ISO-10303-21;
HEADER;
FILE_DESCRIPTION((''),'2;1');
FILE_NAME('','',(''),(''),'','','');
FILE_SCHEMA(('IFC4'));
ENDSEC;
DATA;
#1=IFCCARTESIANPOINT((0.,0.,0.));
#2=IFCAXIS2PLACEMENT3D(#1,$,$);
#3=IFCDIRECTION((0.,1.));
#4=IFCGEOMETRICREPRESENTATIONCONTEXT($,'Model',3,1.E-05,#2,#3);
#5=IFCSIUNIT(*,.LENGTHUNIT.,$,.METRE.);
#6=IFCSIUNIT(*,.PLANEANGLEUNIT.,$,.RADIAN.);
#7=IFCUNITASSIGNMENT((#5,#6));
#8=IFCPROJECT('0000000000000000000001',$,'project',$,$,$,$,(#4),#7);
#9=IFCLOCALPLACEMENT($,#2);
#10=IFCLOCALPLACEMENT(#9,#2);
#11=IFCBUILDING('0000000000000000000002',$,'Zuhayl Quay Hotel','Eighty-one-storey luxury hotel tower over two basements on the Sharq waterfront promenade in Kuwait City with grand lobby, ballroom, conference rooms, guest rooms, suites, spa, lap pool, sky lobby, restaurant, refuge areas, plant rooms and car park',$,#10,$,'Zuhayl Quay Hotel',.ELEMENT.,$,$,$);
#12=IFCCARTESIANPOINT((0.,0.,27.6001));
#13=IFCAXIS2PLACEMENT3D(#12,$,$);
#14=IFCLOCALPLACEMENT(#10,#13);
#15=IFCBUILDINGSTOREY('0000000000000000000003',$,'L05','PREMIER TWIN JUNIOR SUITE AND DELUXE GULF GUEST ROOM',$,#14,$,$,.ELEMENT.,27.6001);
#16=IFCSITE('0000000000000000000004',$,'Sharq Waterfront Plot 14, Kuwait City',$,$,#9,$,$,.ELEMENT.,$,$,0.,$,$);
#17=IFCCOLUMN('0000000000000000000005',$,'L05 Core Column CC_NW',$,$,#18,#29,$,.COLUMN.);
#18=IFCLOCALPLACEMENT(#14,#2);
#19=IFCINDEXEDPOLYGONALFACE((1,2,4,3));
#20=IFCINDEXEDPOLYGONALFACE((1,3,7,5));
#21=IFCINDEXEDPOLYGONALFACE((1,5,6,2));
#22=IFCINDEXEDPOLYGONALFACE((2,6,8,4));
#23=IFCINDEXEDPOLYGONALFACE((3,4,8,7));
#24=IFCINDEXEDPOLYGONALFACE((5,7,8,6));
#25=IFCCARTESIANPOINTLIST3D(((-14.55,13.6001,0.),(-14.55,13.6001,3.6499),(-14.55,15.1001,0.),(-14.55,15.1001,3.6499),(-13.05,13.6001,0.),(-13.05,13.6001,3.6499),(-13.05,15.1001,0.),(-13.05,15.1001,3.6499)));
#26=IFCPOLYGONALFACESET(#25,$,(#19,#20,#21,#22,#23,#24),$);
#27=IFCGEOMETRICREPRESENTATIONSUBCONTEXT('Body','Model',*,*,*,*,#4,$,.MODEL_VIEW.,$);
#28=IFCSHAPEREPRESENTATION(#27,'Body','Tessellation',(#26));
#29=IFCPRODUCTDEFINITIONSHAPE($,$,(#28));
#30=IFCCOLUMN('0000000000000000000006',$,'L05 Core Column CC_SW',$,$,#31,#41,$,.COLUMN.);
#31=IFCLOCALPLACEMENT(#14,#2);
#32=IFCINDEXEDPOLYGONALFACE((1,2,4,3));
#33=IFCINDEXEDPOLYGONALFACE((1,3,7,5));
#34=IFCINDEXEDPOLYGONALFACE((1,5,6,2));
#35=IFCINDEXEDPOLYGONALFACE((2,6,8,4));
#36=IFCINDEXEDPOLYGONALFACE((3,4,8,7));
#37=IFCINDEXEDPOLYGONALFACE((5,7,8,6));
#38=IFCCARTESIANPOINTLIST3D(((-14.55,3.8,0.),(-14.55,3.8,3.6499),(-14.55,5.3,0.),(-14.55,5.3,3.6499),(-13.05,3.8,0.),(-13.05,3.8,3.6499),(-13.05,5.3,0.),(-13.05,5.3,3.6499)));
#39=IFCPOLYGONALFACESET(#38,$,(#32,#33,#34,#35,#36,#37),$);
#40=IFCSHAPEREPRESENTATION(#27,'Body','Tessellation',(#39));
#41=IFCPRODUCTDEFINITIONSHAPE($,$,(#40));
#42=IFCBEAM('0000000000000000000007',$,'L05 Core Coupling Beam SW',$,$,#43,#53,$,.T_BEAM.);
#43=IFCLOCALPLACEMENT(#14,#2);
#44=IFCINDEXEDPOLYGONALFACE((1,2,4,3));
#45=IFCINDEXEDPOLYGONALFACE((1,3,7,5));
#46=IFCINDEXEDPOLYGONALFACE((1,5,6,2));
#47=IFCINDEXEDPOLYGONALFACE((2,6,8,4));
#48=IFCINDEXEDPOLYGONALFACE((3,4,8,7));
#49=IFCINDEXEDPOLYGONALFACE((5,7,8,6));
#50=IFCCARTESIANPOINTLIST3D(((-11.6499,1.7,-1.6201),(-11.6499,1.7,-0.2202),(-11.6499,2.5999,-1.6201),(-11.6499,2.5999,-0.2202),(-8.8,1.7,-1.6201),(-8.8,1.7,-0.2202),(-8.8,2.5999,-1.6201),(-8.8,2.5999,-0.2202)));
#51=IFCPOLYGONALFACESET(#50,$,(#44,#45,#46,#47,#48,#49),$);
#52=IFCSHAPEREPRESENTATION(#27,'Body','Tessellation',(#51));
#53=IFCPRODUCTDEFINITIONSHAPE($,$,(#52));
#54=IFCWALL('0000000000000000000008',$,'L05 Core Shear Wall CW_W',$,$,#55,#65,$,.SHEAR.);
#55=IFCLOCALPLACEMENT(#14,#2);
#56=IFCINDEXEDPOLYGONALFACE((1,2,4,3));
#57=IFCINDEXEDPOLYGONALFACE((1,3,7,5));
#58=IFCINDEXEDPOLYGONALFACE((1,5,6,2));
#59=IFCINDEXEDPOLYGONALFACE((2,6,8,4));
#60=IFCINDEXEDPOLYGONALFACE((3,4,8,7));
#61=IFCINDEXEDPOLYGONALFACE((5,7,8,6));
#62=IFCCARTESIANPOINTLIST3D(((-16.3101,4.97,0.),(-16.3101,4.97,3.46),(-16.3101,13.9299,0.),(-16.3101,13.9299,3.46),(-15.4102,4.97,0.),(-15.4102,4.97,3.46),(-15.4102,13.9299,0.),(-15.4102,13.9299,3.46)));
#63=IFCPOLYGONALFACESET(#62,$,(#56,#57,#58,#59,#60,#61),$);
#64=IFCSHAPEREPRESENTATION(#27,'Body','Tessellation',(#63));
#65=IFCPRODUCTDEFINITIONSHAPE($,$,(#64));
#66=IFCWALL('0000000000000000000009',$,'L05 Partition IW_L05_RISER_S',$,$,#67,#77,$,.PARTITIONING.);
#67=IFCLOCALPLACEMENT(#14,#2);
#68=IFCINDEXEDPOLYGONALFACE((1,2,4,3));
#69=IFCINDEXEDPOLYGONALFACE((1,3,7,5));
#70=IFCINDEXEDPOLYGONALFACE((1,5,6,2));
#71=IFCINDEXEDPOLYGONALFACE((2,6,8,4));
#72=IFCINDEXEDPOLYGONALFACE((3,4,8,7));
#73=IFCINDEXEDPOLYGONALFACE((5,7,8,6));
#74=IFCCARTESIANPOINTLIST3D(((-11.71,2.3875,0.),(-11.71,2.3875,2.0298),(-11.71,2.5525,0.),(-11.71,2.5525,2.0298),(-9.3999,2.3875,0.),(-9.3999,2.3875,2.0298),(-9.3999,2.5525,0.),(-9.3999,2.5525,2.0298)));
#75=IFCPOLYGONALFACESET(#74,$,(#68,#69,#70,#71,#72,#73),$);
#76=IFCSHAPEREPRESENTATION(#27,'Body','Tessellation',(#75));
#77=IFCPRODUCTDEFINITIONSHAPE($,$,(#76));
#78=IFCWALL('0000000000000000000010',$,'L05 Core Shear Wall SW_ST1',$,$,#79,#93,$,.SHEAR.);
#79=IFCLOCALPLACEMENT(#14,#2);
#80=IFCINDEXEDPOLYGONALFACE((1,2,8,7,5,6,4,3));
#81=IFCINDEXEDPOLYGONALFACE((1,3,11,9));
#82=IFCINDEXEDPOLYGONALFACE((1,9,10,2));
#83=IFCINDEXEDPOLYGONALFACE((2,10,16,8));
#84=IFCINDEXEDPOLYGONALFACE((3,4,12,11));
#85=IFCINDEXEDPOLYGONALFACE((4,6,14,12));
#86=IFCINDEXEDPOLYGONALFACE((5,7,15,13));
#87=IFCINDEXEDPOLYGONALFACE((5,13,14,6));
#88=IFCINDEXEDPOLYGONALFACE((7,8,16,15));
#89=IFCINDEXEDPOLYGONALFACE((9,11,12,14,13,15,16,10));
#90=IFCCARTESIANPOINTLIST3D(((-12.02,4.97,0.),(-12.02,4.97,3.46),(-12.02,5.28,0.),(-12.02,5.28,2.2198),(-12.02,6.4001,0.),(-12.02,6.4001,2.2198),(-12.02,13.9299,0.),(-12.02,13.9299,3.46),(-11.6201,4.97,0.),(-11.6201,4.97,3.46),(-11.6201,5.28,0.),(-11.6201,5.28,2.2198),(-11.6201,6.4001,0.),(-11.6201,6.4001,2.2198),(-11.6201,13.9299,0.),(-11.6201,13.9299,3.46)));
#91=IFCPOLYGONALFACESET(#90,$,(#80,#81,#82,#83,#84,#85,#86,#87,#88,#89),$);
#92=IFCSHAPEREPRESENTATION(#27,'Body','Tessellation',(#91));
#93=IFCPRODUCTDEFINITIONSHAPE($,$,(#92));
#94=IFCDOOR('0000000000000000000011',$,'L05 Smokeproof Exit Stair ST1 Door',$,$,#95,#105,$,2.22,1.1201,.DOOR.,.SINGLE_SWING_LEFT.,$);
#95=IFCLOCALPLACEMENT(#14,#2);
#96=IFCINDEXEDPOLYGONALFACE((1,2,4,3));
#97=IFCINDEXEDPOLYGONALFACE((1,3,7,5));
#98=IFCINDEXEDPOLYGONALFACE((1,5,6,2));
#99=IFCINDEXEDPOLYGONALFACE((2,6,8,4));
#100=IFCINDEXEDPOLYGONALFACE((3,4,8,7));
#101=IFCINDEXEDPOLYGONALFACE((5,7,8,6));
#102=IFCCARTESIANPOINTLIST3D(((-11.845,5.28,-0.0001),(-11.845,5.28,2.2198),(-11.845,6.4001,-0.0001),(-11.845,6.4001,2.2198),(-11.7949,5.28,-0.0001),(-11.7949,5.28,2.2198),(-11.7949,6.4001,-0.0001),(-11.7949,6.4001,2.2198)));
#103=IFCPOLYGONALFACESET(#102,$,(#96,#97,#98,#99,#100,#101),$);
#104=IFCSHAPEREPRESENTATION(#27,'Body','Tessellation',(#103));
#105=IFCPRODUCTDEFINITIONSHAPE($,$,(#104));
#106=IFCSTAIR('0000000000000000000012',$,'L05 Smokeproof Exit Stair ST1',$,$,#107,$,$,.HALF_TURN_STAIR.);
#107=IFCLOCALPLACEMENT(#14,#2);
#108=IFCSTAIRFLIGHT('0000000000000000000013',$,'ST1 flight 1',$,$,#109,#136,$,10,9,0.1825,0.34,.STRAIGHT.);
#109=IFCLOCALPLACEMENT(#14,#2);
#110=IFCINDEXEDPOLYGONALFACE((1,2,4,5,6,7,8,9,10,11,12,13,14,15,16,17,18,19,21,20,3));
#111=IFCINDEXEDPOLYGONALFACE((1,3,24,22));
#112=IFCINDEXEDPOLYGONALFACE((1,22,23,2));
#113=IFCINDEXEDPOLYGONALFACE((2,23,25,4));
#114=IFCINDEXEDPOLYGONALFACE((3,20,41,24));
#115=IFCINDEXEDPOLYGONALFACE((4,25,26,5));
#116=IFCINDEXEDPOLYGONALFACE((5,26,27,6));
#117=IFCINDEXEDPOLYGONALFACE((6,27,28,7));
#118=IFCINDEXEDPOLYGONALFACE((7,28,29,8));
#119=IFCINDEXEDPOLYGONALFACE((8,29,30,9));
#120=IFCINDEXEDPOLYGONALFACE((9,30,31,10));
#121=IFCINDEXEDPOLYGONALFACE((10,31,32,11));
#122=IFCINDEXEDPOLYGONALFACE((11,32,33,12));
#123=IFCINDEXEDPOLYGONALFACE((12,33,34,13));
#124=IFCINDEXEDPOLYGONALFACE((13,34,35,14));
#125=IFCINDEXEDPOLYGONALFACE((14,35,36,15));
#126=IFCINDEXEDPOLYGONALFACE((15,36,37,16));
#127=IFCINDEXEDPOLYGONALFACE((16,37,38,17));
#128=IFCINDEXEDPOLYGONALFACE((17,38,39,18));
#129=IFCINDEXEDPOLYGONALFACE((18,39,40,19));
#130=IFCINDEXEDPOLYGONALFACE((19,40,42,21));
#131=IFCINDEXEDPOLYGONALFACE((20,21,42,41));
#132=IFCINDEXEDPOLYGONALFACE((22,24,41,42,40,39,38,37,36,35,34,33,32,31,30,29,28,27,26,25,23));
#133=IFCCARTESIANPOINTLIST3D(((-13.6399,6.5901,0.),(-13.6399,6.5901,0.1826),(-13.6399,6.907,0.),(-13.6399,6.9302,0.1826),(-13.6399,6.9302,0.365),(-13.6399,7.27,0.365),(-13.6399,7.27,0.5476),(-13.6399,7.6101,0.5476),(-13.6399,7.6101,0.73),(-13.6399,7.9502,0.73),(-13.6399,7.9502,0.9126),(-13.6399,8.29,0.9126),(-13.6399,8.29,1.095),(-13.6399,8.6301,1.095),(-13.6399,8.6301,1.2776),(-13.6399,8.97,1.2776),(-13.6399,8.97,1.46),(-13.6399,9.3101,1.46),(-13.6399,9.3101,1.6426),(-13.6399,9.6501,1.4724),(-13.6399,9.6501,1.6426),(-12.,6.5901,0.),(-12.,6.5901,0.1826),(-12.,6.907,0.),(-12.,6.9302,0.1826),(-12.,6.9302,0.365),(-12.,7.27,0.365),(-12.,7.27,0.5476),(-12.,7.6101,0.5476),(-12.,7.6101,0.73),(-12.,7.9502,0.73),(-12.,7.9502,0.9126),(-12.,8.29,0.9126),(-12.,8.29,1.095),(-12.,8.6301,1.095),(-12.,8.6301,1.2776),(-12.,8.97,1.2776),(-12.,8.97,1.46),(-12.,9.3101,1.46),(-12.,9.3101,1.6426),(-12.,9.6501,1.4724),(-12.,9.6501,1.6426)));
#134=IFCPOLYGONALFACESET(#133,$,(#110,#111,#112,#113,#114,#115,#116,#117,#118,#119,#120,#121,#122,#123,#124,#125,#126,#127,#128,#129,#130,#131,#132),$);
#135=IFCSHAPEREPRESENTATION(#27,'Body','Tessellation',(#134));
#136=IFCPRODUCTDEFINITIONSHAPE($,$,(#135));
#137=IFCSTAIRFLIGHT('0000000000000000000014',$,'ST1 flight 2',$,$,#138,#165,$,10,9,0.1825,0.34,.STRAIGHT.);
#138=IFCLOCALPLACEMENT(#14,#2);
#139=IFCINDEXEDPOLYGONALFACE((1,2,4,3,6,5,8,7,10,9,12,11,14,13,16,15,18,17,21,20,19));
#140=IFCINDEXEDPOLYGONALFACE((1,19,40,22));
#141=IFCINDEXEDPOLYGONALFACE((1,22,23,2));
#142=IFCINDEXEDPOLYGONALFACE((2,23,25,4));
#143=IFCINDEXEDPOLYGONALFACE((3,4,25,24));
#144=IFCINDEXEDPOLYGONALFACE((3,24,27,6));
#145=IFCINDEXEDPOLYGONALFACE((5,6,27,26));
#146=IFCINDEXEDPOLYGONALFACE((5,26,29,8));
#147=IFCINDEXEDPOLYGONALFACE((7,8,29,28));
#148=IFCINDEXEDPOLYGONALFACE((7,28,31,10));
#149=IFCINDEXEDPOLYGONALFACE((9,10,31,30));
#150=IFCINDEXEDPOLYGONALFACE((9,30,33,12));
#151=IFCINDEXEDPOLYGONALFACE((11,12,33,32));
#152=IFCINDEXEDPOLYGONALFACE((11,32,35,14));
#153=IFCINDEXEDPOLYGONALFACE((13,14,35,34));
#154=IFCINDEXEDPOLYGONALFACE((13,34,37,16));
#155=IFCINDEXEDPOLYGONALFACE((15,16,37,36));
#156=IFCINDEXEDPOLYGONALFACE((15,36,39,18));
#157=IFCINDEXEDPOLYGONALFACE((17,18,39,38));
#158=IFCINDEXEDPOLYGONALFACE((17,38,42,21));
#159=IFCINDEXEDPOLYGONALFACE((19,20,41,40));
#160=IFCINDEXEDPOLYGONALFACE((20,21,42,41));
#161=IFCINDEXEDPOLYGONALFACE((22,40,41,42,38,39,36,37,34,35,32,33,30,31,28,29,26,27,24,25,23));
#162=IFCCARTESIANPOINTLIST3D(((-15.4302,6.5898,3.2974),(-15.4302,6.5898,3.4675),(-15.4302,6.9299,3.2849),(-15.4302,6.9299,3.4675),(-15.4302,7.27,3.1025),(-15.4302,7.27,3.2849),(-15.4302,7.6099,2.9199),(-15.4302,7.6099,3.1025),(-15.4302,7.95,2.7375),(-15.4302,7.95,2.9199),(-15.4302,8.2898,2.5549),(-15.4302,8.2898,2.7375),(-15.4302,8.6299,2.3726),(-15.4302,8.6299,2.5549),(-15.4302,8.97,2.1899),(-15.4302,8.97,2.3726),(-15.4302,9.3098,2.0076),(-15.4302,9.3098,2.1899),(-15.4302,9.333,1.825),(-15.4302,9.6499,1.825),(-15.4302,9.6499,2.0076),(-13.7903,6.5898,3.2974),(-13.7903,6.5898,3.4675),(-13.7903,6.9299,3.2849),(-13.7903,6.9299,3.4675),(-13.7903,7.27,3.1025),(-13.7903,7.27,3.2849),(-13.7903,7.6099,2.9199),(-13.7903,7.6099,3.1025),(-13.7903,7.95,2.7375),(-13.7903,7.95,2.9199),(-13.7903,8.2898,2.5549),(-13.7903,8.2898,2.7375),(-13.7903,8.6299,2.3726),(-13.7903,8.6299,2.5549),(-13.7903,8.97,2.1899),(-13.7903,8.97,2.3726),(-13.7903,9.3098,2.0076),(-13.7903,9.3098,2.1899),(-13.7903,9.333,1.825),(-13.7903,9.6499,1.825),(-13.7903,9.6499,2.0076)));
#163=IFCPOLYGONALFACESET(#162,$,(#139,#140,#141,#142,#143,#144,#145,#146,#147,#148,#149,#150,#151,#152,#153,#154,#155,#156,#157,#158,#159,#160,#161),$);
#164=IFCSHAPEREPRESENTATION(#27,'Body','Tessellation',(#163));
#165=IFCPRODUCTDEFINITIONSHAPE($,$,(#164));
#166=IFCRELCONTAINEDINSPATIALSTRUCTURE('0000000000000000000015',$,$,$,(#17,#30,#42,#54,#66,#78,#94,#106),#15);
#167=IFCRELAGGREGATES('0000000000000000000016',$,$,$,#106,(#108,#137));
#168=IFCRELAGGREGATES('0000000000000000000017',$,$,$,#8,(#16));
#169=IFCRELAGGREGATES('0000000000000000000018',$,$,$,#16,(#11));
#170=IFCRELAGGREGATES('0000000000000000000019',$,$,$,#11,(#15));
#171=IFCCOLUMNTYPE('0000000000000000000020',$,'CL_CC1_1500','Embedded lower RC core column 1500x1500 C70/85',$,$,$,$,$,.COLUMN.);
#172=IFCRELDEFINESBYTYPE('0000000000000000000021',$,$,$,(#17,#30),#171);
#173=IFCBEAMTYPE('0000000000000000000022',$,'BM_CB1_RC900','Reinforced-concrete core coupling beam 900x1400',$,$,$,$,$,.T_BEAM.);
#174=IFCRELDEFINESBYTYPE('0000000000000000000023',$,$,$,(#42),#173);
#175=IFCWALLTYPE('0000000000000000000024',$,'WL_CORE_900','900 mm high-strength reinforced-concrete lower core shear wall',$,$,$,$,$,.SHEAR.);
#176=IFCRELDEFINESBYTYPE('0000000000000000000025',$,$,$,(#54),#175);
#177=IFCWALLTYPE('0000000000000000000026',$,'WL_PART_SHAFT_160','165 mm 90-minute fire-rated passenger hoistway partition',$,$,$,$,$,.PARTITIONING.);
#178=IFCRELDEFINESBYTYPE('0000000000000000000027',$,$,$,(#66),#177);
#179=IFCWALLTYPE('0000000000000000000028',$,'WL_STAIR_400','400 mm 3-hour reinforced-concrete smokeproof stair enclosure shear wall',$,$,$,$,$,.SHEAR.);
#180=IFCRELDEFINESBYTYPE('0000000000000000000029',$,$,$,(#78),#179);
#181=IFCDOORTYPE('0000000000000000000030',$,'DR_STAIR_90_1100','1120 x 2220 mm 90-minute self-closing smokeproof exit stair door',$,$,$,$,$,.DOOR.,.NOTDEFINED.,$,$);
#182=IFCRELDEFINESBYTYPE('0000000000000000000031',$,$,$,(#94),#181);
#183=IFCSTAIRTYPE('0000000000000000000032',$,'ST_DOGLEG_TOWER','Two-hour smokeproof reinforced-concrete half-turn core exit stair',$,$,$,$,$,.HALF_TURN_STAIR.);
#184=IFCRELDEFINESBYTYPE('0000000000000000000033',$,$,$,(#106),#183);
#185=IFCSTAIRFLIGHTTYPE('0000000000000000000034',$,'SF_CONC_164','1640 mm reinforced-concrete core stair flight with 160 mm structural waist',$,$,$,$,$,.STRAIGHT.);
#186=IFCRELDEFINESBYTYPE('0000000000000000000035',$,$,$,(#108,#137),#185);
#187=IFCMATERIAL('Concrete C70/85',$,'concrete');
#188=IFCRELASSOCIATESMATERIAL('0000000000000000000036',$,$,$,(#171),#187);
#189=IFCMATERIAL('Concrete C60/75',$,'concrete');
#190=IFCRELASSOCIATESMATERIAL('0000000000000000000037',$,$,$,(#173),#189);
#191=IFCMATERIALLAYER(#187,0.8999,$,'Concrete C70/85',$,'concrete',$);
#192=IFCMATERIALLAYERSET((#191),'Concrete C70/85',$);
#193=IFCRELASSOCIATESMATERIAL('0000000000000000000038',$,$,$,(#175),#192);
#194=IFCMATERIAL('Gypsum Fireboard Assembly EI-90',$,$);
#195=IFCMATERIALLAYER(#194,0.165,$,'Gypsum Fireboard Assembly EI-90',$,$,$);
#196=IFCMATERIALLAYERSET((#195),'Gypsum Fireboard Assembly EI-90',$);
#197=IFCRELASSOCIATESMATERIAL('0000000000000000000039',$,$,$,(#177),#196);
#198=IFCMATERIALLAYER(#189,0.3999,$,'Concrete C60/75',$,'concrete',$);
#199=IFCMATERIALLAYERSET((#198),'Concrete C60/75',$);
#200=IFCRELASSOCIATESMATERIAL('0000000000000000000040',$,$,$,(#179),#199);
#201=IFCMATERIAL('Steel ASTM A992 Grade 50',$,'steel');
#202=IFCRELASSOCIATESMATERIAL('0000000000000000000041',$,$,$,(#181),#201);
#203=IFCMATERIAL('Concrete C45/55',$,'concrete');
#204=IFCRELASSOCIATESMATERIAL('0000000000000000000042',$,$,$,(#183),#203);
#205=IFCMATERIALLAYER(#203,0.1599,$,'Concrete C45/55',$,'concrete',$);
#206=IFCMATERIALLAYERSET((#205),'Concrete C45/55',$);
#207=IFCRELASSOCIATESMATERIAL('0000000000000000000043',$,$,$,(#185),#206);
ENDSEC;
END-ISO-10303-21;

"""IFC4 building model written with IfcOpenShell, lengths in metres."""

from ifc_helpers import new_model, si_unit, direction, frame, frame_2d, origin, origin_2d, place, context, subcontext, project, spatial, polyline, rectangle, outline, extrude, material, layer, layer_set, material_profile, profile_set, type_object, element, fill, aggregate, save


model = new_model("IFC4")

# Units and contexts
model_context = context("Model", 3, precision=1e-05, world=origin(), true_north=direction((0.0, 1.0)))
body_context = subcontext(model_context, "Body", "Model", "MODEL_VIEW")
ifc_project = project(units=[si_unit("LENGTHUNIT", "METRE"), si_unit("PLANEANGLEUNIT", "RADIAN")], contexts=[model_context])

# Site, building, storey
site_placement = place(None, origin())
site = spatial("IfcSite", under=ifc_project, at=site_placement, Name="Sharq Waterfront Plot 14, Kuwait City", CompositionType="ELEMENT", RefElevation=0.0)
building_placement = place(site_placement, origin())
building = spatial("IfcBuilding", under=site, at=building_placement, Name="Zuhayl Quay Hotel", Description="Eighty-one-storey luxury hotel tower over two basements on the Sharq waterfront promenade in Kuwait City with grand lobby, ballroom, conference rooms, guest rooms, suites, spa, lap pool, sky lobby, restaurant, refuge areas, plant rooms and car park", LongName="Zuhayl Quay Hotel", CompositionType="ELEMENT")
storey_placement = place(building_placement, frame((0.0, 0.0, 27.6001)))
storey = spatial("IfcBuildingStorey", under=building, at=storey_placement, Name="L05", Description="PREMIER TWIN JUNIOR SUITE AND DELUXE GULF GUEST ROOM", CompositionType="ELEMENT", Elevation=27.6001)

# Columns
ifc_material_1 = material(Name="Concrete C70/85", Category="concrete")
ifc_material_profile_1 = material_profile(ifc_material_1, rectangle(XDim=1.5, YDim=1.5, at=origin_2d()), Name="RC1500X1500")
ifc_profile_set_1 = profile_set([ifc_material_profile_1], Name="Concrete C70/85")
column_type = type_object("IfcColumnType", Name="CL_CC1_1500", Description="Embedded lower RC core column 1500x1500 C70/85", PredefinedType="COLUMN", material=ifc_profile_set_1)
for number, where, z_axis, x_axis, name in (
    (1, (-13.8, 14.3501, 0.0), (0.0, 0.0, 1.0), (1.0, 0.0, 0.0), "L05 Core Column CC_NW"),
    (2, (-13.8, 4.55, 0.0), (0.0, 0.0, 1.0), (1.0, 0.0, 0.0), "L05 Core Column CC_SW"),
):
    element("IfcColumn", number, at=place(storey_placement, frame(where, z_axis=z_axis, x_axis=x_axis)), inside=storey, type_object=column_type, Name=name, PredefinedType="COLUMN", context=body_context, shape_type="SweptSolid", body=[
        extrude(rectangle(XDim=1.5, YDim=1.5, at=origin_2d()), origin(), (0.0, 0.0, 1.0), 3.6499),
    ])

# Beam
ifc_material_2 = material(Name="Concrete C60/75", Category="concrete")
ifc_material_profile_2 = material_profile(ifc_material_2, rectangle(XDim=0.8999, YDim=1.3999, at=origin_2d()), Name="RC900X1400")
ifc_profile_set_2 = profile_set([ifc_material_profile_2], Name="Concrete C60/75")
beam_type = type_object("IfcBeamType", Name="BM_CB1_RC900", Description="Reinforced-concrete core coupling beam 900x1400", PredefinedType="T_BEAM", material=ifc_profile_set_2)
beam_placement = place(storey_placement, frame((-11.6499, 2.1499, -0.9202), z_axis=(1.0, 0.0, 0.0), x_axis=(0.0, 1.0, 0.0)))
element("IfcBeam", 3, at=beam_placement, inside=storey, type_object=beam_type, Name="L05 Core Coupling Beam SW", PredefinedType="T_BEAM", context=body_context, shape_type="SweptSolid", body=[
    extrude(rectangle(XDim=0.8999, YDim=1.3999, at=origin_2d()), origin(), (0.0, 0.0, 1.0), 2.8499),
])

# Walls
ifc_layer_1 = layer(ifc_material_1, 0.8999, Name="Concrete C70/85", Category="concrete")
ifc_layer_set_1 = layer_set([ifc_layer_1], Name="Concrete C70/85")
wall_type_1 = type_object("IfcWallType", Name="WL_CORE_900", Description="900 mm high-strength reinforced-concrete lower core shear wall", PredefinedType="SHEAR", material=ifc_layer_set_1)
wall_1_placement = place(storey_placement, frame((-15.8601, 4.97, 0.0), z_axis=(0.0, 0.0, 1.0), x_axis=(0.0, 1.0, 0.0)))
element("IfcWall", 4, at=wall_1_placement, inside=storey, type_object=wall_type_1, Name="L05 Core Shear Wall CW_W", PredefinedType="SHEAR", context=body_context, shape_type="SweptSolid", body=[
    extrude(rectangle(XDim=8.96, YDim=0.8999, at=frame_2d((4.48, 0.0))), origin(), (0.0, 0.0, 1.0), 3.46),
])
ifc_material_3 = material(Name="Gypsum Fireboard Assembly EI-90")
ifc_layer_2 = layer(ifc_material_3, 0.165, Name="Gypsum Fireboard Assembly EI-90")
ifc_layer_set_2 = layer_set([ifc_layer_2], Name="Gypsum Fireboard Assembly EI-90")
wall_type_2 = type_object("IfcWallType", Name="WL_PART_SHAFT_160", Description="165 mm 90-minute fire-rated passenger hoistway partition", PredefinedType="PARTITIONING", material=ifc_layer_set_2)
wall_2_placement = place(storey_placement, frame((-11.71, 2.47, 0.0), z_axis=(0.0, 0.0, 1.0), x_axis=(1.0, 0.0, 0.0)))
element("IfcWall", 5, at=wall_2_placement, inside=storey, type_object=wall_type_2, Name="L05 Partition IW_L05_RISER_S", PredefinedType="PARTITIONING", context=body_context, shape_type="SweptSolid", body=[
    extrude(rectangle(XDim=2.3101, YDim=0.165, at=frame_2d((1.155, 0.0))), origin(), (0.0, 0.0, 1.0), 2.0298),
])

# Wall, opening, door
ifc_layer_3 = layer(ifc_material_2, 0.3999, Name="Concrete C60/75", Category="concrete")
ifc_layer_set_3 = layer_set([ifc_layer_3], Name="Concrete C60/75")
wall_type_3 = type_object("IfcWallType", Name="WL_STAIR_400", Description="400 mm 3-hour reinforced-concrete smokeproof stair enclosure shear wall", PredefinedType="SHEAR", material=ifc_layer_set_3)
wall_3_placement = place(storey_placement, frame((-11.8201, 4.97, 0.0), z_axis=(0.0, 0.0, 1.0), x_axis=(0.0, 1.0, 0.0)))
wall_3 = element("IfcWall", 6, at=wall_3_placement, inside=storey, type_object=wall_type_3, Name="L05 Core Shear Wall SW_ST1", PredefinedType="SHEAR", context=body_context, shape_type="SweptSolid", body=[
    extrude(rectangle(XDim=8.96, YDim=0.3999, at=frame_2d((4.48, 0.0))), origin(), (0.0, 0.0, 1.0), 3.46),
])
opening_placement = place(wall_3_placement, frame((0.3101, 0.0, 0.0)))
opening = element("IfcOpeningElement", 7, at=opening_placement, cuts=wall_3, PredefinedType="OPENING", context=body_context, shape_type="SweptSolid", body=[
    extrude(rectangle(XDim=1.1201, YDim=2.22, at=frame_2d((0.5601, 1.1099))), frame((0.0, 0.21, 0.0), z_axis=(0.0, -1.0, 0.0), x_axis=(1.0, 0.0, 0.0)), (0.0, 0.0, 1.0), 0.4199),
])
ifc_material_4 = material(Name="Steel ASTM A992 Grade 50", Category="steel")
door_type = type_object("IfcDoorType", Name="DR_STAIR_90_1100", Description="1120 x 2220 mm 90-minute self-closing smokeproof exit stair door", OperationType="NOTDEFINED", PredefinedType="DOOR", material=ifc_material_4)
door_placement = place(opening_placement, origin())
door = element("IfcDoor", 8, at=door_placement, inside=storey, type_object=door_type, Name="L05 Smokeproof Exit Stair ST1 Door", OperationType="SINGLE_SWING_LEFT", OverallHeight=2.22, OverallWidth=1.1201, PredefinedType="DOOR", context=body_context, shape_type="SweptSolid", body=[
    extrude(rectangle(XDim=1.1201, YDim=2.22, at=frame_2d((0.5601, 1.1099))), frame((0.0, 0.0249, 0.0), z_axis=(0.0, -1.0, 0.0), x_axis=(1.0, 0.0, 0.0)), (0.0, 0.0, 1.0), 0.05),
])
fill(opening, door)

# Stair, stair flights
ifc_material_5 = material(Name="Concrete C45/55", Category="concrete")
stair_type = type_object("IfcStairType", Name="ST_DOGLEG_TOWER", Description="Two-hour smokeproof reinforced-concrete half-turn core exit stair", PredefinedType="HALF_TURN_STAIR", material=ifc_material_5)
stair_placement = place(storey_placement, origin())
stair = element("IfcStair", 9, at=stair_placement, inside=storey, type_object=stair_type, Name="L05 Smokeproof Exit Stair ST1", PredefinedType="HALF_TURN_STAIR")
ifc_layer_4 = layer(ifc_material_5, 0.1599, Name="Concrete C45/55", Category="concrete")
ifc_layer_set_4 = layer_set([ifc_layer_4], Name="Concrete C45/55")
stair_flight_type = type_object("IfcStairFlightType", Name="SF_CONC_164", Description="1640 mm reinforced-concrete core stair flight with 160 mm structural waist", PredefinedType="STRAIGHT", material=ifc_layer_set_4)
stair_flight_1_placement = place(storey_placement, frame((-12.8201, 6.5901, 0.0), z_axis=(0.0, 0.0, 1.0), x_axis=(0.0, 1.0, 0.0)))
stair_flight_1 = element("IfcStairFlight", 10, at=stair_flight_1_placement, type_object=stair_flight_type, Name="ST1 flight 1", NumberOfRisers=10, NumberOfTreads=9, PredefinedType="STRAIGHT", RiserHeight=0.1825, TreadLength=0.34, context=body_context, shape_type="SweptSolid", body=[
    extrude(outline(polyline([(0.0, 0.0), (0.0, 0.1826), (0.3401, 0.1826), (0.3401, 0.365), (0.6799, 0.365), (0.6799, 0.5476), (1.02, 0.5476), (1.02, 0.73), (1.3601, 0.73), (1.3601, 0.9126), (1.7, 0.9126), (1.7, 1.095), (2.04, 1.095), (2.04, 1.2776), (2.3799, 1.2776), (2.3799, 1.46), (2.72, 1.46), (2.72, 1.6426), (3.0601, 1.6426), (3.0601, 1.825), (3.0601, 1.4724), (0.3169, 0.0), (0.0, 0.0)])), frame((0.0, 0.8198, 0.0), z_axis=(0.0, -1.0, 0.0), x_axis=(1.0, 0.0, 0.0)), (0.0, 0.0, 1.0), 1.6399),
])
stair_flight_2_placement = place(storey_placement, frame((-14.6101, 9.6499, 1.825), z_axis=(0.0, 0.0, 1.0), x_axis=(0.0, -1.0, 0.0)))
stair_flight_2 = element("IfcStairFlight", 11, at=stair_flight_2_placement, type_object=stair_flight_type, Name="ST1 flight 2", NumberOfRisers=10, NumberOfTreads=9, PredefinedType="STRAIGHT", RiserHeight=0.1825, TreadLength=0.34, context=body_context, shape_type="SweptSolid", body=[
    extrude(outline(polyline([(0.0, 0.0), (0.0, 0.1826), (0.3401, 0.1826), (0.3401, 0.365), (0.6799, 0.365), (0.6799, 0.5476), (1.02, 0.5476), (1.02, 0.73), (1.3601, 0.73), (1.3601, 0.9126), (1.7, 0.9126), (1.7, 1.095), (2.04, 1.095), (2.04, 1.2776), (2.3799, 1.2776), (2.3799, 1.46), (2.72, 1.46), (2.72, 1.6426), (3.0601, 1.6426), (3.0601, 1.825), (3.0601, 1.4724), (0.3169, 0.0), (0.0, 0.0)])), frame((0.0, 0.8198, 0.0), z_axis=(0.0, -1.0, 0.0), x_axis=(1.0, 0.0, 0.0)), (0.0, 0.0, 1.0), 1.6399),
])
aggregate(stair, [stair_flight_1, stair_flight_2])

save(model, "model.ifc")
